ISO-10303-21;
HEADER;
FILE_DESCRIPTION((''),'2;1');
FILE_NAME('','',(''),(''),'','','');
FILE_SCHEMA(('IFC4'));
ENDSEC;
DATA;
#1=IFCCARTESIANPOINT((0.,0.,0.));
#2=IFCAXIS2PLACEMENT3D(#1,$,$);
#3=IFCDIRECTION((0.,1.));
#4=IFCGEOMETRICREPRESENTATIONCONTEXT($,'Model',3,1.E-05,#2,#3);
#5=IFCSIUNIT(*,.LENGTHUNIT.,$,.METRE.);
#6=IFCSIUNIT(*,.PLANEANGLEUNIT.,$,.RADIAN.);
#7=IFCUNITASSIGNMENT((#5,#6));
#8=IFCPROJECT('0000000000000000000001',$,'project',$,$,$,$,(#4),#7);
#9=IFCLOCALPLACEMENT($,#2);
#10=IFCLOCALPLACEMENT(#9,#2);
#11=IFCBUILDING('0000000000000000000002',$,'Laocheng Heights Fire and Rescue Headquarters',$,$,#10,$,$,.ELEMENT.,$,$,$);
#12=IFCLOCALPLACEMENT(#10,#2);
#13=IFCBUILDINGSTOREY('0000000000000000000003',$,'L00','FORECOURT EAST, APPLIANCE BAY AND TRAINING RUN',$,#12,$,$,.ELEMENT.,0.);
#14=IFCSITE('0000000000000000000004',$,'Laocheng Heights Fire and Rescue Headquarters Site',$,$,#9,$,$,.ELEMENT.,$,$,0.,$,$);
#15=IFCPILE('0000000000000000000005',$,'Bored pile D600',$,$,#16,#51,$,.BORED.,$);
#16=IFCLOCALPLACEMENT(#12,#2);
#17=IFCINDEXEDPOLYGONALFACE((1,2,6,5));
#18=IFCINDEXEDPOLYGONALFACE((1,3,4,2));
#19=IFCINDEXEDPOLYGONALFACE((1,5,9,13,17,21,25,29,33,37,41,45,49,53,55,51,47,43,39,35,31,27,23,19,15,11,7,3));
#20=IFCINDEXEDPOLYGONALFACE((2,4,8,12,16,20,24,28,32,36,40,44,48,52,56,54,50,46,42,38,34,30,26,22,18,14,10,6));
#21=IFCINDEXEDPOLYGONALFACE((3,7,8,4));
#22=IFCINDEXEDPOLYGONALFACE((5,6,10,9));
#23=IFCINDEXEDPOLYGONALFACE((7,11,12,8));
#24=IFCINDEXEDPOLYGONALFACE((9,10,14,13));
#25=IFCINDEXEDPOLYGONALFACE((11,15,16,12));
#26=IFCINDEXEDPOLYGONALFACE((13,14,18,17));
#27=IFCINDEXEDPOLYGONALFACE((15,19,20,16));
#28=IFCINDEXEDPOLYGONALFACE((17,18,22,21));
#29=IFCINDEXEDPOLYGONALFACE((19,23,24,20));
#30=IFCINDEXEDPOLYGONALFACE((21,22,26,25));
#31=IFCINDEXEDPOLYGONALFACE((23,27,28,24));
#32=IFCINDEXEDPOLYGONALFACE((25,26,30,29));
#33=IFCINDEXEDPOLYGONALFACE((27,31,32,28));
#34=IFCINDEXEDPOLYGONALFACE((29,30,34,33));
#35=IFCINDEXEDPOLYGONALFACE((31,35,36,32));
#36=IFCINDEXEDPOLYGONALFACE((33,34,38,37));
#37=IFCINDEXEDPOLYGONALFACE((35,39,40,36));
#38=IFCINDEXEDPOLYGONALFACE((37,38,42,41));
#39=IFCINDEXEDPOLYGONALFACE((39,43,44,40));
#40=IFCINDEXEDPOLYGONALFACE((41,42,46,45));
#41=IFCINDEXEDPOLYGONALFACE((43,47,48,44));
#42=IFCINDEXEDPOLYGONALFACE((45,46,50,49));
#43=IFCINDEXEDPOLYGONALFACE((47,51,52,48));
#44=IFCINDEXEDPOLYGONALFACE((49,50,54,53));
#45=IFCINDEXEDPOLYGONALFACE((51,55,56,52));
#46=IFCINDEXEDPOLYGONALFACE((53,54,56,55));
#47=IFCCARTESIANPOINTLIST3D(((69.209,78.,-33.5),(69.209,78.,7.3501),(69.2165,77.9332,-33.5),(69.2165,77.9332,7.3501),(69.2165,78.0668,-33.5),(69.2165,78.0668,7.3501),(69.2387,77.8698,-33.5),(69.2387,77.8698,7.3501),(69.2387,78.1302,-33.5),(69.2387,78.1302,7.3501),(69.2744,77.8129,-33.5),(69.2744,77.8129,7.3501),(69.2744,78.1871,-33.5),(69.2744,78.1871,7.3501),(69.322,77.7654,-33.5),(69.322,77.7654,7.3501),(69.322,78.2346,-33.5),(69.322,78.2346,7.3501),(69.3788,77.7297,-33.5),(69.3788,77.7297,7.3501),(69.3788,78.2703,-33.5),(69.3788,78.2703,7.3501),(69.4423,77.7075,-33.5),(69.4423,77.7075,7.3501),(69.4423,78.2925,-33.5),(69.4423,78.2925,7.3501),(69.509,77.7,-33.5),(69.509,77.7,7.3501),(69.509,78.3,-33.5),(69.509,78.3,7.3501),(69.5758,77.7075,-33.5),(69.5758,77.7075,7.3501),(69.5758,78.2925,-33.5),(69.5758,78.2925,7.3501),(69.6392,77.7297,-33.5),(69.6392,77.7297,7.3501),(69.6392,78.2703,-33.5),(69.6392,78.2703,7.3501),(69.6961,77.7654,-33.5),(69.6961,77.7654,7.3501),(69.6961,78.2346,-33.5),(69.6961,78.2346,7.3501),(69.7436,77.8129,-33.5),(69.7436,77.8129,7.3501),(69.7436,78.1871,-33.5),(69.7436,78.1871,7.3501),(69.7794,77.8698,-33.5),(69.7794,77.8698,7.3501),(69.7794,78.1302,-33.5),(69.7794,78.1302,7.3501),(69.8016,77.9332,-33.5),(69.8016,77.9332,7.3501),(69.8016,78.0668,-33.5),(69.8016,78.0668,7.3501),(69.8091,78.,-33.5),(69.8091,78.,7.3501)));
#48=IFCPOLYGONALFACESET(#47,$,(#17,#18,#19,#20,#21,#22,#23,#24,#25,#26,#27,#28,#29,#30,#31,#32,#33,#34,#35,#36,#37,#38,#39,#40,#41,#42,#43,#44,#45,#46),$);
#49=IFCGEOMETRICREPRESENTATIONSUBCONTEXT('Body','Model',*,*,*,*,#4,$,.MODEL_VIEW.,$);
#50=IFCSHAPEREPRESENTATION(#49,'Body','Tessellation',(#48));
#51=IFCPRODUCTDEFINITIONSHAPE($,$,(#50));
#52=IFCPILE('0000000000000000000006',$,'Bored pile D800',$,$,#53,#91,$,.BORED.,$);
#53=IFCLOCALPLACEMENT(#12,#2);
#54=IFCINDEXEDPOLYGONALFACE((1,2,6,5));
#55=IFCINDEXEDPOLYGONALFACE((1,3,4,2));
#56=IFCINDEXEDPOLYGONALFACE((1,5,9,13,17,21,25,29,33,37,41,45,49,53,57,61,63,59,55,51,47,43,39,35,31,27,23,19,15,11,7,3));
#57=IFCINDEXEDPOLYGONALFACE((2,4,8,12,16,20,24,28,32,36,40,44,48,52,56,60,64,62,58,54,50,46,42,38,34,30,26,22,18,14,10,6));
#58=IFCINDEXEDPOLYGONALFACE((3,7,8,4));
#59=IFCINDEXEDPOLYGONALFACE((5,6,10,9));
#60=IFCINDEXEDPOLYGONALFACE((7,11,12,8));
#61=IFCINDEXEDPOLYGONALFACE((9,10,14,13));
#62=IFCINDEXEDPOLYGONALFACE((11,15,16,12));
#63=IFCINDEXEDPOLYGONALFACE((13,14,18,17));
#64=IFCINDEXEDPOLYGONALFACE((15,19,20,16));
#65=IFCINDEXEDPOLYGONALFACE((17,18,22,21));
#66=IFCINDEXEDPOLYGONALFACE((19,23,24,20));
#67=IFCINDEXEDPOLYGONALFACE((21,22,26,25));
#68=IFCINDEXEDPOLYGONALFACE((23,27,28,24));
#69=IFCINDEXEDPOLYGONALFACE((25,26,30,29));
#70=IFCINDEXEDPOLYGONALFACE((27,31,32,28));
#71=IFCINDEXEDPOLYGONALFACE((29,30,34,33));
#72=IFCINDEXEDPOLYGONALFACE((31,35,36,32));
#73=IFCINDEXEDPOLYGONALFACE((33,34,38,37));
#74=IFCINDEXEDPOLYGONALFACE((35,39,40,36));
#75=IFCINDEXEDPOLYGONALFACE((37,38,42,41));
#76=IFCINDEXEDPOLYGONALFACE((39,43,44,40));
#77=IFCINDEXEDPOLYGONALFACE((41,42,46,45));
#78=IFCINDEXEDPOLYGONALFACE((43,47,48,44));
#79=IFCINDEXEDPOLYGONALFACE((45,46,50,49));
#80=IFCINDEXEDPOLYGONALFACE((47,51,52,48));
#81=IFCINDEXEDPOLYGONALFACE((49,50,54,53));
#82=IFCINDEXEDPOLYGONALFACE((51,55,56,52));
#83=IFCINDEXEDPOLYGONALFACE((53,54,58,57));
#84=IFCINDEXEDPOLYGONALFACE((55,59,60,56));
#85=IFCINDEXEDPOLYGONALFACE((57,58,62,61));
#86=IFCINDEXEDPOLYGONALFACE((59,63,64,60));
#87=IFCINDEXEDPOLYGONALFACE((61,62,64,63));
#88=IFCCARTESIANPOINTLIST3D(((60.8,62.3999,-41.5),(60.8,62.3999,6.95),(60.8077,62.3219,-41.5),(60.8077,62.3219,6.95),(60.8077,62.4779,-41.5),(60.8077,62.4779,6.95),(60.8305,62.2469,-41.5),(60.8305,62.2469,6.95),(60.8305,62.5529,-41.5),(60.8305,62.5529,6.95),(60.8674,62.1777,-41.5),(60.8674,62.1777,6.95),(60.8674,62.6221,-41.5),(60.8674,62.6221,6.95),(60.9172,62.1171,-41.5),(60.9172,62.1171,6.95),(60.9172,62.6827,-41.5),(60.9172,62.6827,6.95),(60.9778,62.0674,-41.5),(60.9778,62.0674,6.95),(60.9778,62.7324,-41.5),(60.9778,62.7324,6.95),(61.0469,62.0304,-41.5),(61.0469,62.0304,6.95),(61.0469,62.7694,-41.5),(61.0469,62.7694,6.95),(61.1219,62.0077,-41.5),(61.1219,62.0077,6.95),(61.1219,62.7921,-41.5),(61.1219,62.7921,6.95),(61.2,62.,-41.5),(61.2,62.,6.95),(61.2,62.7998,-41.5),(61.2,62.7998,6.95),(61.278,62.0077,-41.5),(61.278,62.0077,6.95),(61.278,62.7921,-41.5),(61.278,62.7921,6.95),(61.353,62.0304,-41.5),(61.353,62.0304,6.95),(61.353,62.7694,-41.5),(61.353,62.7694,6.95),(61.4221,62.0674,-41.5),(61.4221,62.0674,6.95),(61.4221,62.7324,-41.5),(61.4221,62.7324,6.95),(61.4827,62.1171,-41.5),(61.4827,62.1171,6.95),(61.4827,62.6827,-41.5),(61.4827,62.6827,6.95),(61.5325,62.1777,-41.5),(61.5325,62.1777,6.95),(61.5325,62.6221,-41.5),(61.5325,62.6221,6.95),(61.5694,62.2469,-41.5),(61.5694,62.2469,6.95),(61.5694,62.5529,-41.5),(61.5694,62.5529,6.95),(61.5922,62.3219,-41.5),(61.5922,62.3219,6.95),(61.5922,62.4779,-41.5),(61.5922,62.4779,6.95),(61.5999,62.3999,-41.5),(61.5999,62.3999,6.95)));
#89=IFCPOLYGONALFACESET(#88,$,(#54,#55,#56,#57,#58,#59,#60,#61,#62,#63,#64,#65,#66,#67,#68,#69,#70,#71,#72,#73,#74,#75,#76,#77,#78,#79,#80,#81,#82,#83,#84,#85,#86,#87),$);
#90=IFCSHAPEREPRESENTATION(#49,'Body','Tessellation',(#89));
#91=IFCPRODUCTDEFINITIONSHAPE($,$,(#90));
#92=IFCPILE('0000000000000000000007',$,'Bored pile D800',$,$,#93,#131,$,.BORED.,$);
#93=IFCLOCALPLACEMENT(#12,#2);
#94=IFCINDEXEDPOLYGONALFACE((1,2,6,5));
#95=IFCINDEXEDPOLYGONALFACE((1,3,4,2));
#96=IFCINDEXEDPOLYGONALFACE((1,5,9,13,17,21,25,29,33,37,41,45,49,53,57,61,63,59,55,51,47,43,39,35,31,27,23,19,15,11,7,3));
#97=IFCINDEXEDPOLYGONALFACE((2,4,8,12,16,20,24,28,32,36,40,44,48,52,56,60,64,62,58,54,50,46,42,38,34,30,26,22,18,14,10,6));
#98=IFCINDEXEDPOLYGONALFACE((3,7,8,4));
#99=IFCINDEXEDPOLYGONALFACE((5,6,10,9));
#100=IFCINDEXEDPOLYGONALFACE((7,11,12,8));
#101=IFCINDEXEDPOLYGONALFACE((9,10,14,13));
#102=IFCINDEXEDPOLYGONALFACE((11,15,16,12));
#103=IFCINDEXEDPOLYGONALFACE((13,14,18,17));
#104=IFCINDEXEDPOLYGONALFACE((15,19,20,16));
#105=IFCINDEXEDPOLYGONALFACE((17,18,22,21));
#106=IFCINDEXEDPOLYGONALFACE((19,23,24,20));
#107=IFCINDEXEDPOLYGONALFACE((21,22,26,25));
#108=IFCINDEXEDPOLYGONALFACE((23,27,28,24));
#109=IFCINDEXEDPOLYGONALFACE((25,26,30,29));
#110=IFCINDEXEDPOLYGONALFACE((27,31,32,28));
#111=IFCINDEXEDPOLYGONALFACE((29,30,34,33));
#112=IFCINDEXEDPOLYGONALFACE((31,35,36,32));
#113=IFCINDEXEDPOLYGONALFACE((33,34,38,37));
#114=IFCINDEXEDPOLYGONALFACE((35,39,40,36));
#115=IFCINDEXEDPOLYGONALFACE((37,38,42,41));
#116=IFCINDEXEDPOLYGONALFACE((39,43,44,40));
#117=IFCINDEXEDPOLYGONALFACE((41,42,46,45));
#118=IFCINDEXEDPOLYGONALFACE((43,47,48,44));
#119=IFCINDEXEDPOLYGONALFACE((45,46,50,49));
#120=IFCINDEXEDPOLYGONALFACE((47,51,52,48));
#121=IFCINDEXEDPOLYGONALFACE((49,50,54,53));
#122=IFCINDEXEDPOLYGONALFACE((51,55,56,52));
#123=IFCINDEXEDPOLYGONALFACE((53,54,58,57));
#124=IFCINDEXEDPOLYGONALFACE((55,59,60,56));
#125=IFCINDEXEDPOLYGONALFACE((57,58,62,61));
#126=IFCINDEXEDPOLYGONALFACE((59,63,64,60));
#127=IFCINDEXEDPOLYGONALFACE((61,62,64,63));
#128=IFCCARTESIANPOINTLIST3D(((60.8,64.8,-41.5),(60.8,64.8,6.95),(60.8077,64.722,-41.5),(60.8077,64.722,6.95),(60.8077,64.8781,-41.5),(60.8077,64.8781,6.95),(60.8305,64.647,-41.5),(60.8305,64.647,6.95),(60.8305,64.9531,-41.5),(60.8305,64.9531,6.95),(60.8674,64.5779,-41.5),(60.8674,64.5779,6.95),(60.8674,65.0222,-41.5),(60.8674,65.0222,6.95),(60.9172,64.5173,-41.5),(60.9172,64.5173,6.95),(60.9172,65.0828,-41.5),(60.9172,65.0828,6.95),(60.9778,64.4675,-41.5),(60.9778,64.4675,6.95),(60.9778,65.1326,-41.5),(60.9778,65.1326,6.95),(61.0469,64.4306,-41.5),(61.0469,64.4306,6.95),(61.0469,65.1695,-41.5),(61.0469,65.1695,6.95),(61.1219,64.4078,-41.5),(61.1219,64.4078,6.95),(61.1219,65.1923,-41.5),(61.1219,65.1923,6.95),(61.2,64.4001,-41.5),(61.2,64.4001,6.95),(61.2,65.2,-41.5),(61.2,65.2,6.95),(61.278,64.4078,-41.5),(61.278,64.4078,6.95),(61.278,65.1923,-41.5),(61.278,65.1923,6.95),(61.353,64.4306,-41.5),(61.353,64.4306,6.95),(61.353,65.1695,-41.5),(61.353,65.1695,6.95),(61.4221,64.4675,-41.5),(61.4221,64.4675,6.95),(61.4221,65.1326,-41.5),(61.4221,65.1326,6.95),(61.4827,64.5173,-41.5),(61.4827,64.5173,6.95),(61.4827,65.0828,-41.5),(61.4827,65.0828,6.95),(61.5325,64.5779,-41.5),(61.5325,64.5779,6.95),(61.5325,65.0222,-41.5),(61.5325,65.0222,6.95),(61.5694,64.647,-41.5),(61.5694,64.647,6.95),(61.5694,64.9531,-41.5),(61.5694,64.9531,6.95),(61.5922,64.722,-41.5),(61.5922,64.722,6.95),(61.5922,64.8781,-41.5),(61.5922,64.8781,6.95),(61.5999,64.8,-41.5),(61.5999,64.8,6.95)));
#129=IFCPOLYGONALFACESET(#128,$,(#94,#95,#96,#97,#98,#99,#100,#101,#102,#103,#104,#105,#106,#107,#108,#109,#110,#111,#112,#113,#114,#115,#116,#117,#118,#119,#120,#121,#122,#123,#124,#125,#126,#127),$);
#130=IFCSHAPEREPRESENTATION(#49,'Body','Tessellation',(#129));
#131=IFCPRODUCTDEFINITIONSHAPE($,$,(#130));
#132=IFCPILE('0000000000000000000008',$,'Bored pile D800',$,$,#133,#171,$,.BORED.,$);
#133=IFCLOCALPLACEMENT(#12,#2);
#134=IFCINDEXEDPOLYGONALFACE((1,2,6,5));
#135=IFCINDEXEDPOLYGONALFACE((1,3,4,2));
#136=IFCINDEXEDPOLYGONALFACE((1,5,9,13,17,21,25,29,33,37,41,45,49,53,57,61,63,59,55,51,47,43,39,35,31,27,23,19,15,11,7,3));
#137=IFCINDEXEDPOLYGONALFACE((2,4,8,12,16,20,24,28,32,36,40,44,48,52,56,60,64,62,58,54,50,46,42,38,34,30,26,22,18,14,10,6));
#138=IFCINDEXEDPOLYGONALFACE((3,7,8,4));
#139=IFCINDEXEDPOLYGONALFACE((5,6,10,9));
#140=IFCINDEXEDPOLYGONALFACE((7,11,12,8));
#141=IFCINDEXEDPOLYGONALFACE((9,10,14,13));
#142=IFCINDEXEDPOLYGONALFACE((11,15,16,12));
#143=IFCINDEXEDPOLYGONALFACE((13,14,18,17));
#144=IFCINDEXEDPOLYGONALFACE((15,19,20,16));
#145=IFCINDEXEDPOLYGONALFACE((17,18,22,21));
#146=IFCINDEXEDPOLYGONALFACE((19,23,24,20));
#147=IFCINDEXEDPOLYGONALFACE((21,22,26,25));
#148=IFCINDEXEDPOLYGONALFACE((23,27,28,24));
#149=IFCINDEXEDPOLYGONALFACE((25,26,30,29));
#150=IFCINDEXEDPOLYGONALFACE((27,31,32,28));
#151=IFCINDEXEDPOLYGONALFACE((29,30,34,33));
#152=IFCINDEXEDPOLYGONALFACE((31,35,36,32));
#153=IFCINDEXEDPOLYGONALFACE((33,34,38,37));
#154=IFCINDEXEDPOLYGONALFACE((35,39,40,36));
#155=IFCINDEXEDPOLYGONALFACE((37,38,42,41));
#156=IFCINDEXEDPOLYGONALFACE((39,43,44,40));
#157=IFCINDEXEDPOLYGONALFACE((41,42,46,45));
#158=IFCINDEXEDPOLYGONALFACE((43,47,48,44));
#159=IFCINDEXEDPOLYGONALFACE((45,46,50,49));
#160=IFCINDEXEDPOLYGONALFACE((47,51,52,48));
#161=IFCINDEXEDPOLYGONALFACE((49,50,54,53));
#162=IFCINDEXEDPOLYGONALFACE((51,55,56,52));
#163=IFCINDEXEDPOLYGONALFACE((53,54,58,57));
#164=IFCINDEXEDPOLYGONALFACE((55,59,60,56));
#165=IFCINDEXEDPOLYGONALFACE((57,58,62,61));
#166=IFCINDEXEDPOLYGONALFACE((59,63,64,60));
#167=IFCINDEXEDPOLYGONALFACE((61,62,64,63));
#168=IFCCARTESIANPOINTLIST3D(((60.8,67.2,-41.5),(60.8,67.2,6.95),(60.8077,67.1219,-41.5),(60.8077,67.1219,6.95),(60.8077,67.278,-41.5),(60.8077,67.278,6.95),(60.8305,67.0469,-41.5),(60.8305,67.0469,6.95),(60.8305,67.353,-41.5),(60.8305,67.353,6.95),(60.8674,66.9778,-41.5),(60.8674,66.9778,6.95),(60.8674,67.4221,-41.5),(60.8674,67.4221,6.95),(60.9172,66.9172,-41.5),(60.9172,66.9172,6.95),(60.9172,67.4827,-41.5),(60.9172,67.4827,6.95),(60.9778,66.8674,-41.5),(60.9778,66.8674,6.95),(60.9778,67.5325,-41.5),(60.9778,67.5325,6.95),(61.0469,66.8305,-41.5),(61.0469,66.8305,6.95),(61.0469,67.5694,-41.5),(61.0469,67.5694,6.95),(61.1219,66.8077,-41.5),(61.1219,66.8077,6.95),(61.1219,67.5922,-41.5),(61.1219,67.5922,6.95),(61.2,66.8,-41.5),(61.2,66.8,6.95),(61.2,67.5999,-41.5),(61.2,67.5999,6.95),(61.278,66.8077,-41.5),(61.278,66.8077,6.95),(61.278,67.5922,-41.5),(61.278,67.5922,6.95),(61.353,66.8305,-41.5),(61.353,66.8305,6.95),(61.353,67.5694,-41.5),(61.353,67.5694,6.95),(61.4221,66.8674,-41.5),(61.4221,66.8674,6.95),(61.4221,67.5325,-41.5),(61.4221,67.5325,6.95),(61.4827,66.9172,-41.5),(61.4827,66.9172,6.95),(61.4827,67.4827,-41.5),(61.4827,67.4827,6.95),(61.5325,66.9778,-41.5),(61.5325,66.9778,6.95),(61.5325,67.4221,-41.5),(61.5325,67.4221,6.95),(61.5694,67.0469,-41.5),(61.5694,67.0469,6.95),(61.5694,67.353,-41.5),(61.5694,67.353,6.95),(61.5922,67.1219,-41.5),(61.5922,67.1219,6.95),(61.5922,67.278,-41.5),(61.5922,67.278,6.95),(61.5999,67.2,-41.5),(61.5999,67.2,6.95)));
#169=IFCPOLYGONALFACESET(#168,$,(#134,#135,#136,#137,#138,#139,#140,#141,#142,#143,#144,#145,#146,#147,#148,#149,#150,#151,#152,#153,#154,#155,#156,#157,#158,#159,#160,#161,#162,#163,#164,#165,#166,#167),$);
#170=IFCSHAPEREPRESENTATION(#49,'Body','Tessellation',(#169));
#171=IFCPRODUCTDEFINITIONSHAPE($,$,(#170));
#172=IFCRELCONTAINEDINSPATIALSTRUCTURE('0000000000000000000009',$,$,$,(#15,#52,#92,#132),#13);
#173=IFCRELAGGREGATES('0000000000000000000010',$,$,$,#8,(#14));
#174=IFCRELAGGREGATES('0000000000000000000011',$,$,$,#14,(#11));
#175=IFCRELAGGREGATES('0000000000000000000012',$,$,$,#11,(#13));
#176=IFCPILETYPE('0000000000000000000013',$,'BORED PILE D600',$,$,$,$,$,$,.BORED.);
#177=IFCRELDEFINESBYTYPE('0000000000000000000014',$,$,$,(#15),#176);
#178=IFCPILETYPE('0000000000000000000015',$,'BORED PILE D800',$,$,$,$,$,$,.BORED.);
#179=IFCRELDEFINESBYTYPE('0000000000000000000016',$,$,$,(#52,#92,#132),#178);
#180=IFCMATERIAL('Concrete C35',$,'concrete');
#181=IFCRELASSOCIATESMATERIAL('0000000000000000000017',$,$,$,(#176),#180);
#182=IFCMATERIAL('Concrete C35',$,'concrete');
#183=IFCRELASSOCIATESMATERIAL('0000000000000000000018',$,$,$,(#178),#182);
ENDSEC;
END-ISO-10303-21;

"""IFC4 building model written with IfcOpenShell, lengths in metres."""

from ifc_helpers import new_model, si_unit, direction, frame, origin, origin_2d, place, context, subcontext, project, spatial, circle, extrude, material, material_profile, profile_set, type_object, element, save


model = new_model("IFC4")

# Units and contexts
model_context = context("Model", 3, precision=1e-05, world=origin(), true_north=direction((0.0, 1.0)))
body_context = subcontext(model_context, "Body", "Model", "MODEL_VIEW")
ifc_project = project(units=[si_unit("LENGTHUNIT", "METRE"), si_unit("PLANEANGLEUNIT", "RADIAN")], contexts=[model_context])

# Site, building, storey
site_placement = place(None, origin())
site = spatial("IfcSite", under=ifc_project, at=site_placement, Name="Laocheng Heights Fire and Rescue Headquarters Site", CompositionType="ELEMENT", RefElevation=0.0)
building_placement = place(site_placement, origin())
building = spatial("IfcBuilding", under=site, at=building_placement, Name="Laocheng Heights Fire and Rescue Headquarters", CompositionType="ELEMENT")
storey_placement = place(building_placement, origin())
storey = spatial("IfcBuildingStorey", under=building, at=storey_placement, Name="L00", Description="FORECOURT EAST, APPLIANCE BAY AND TRAINING RUN", CompositionType="ELEMENT", Elevation=0.0)

# Piles
ifc_material_1 = material(Name="Concrete C35", Category="concrete")
ifc_material_profile_1 = material_profile(ifc_material_1, circle(Radius=0.3, at=origin_2d()), Name="BORED PILE D600")
ifc_profile_set_1 = profile_set([ifc_material_profile_1], Name="Concrete C35")
pile_type_1 = type_object("IfcPileType", Name="BORED PILE D600", PredefinedType="BORED", material=ifc_profile_set_1)
for number, where, z_axis, x_axis, name in (
    (1, (69.509, 78.0, 7.3501), (0.0, 0.0, -1.0), (1.0, 0.0, 0.0), "Bored pile D600"),
):
    element("IfcPile", number, at=place(storey_placement, frame(where, z_axis=z_axis, x_axis=x_axis)), inside=storey, type_object=pile_type_1, Name=name, PredefinedType="BORED", context=body_context, shape_type="SweptSolid", body=[
        extrude(circle(Radius=0.3, at=origin_2d()), origin(), (0.0, 0.0, 1.0), 40.8501),
    ])
ifc_material_2 = material(Name="Concrete C35", Category="concrete")
ifc_material_profile_2 = material_profile(ifc_material_2, circle(Radius=0.3999, at=origin_2d()), Name="BORED PILE D800")
ifc_profile_set_2 = profile_set([ifc_material_profile_2], Name="Concrete C35")
pile_type_2 = type_object("IfcPileType", Name="BORED PILE D800", PredefinedType="BORED", material=ifc_profile_set_2)
for number, where, z_axis, x_axis, name in (
    (2, (61.2, 62.3999, 6.95), (0.0, 0.0, -1.0), (1.0, 0.0, 0.0), "Bored pile D800"),
    (3, (61.2, 64.8, 6.95), (0.0, 0.0, -1.0), (1.0, 0.0, 0.0), "Bored pile D800"),
    (4, (61.2, 67.2, 6.95), (0.0, 0.0, -1.0), (1.0, 0.0, 0.0), "Bored pile D800"),
):
    element("IfcPile", number, at=place(storey_placement, frame(where, z_axis=z_axis, x_axis=x_axis)), inside=storey, type_object=pile_type_2, Name=name, PredefinedType="BORED", context=body_context, shape_type="SweptSolid", body=[
        extrude(circle(Radius=0.3999, at=origin_2d()), origin(), (0.0, 0.0, 1.0), 48.45),
    ])

save(model, "model.ifc")
